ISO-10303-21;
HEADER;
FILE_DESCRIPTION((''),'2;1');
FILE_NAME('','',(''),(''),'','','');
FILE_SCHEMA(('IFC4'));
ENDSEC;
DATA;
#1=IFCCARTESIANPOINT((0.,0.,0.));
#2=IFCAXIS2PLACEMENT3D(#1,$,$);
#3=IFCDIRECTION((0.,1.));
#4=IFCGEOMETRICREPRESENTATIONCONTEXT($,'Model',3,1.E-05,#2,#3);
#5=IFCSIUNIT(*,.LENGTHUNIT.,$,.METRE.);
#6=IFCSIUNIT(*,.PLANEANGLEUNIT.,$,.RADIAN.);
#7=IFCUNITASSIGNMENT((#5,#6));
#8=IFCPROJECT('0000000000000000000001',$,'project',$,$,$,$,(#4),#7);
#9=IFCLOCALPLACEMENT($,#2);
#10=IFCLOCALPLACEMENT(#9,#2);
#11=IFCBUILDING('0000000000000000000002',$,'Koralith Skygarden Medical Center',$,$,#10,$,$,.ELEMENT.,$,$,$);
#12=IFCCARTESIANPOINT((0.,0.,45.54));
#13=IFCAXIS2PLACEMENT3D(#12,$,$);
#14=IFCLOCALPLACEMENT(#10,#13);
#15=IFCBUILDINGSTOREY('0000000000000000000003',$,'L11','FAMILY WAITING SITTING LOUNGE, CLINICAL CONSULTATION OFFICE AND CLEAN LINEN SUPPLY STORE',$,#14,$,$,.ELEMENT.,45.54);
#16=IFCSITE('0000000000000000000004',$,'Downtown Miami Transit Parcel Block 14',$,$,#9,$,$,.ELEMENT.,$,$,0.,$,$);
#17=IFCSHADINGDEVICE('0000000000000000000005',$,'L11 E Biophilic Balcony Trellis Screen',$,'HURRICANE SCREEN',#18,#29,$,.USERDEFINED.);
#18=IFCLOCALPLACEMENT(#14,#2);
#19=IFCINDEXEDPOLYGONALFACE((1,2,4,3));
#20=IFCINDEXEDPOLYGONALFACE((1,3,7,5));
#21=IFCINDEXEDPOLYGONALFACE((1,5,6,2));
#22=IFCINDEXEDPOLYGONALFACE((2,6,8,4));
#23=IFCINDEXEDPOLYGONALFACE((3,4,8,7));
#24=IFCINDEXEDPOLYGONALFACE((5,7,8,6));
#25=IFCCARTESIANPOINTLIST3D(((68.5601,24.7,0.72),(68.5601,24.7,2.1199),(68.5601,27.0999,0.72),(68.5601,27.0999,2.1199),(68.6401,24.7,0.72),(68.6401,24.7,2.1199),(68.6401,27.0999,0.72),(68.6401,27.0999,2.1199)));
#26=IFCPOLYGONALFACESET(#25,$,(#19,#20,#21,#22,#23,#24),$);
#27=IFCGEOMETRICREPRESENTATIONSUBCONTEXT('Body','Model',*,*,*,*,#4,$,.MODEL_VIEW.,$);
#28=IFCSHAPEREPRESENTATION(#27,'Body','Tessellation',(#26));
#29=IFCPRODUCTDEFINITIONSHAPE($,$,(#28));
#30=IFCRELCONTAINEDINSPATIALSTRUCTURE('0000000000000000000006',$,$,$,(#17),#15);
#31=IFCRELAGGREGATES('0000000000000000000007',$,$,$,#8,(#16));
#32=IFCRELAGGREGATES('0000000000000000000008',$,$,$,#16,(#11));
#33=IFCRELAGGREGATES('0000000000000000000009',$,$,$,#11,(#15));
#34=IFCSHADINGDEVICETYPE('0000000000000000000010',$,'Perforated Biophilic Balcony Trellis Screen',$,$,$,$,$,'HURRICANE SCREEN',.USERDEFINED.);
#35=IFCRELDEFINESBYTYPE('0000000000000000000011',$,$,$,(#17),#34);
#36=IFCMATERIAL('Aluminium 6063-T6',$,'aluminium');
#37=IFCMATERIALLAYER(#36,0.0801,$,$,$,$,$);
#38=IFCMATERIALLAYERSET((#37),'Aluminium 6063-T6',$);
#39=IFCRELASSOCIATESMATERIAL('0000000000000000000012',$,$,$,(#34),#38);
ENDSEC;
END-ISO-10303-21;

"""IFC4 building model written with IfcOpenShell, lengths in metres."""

from ifc_helpers import new_model, si_unit, direction, frame, origin, origin_2d, place, context, subcontext, project, spatial, rectangle, extrude, material, layer, layer_set, type_object, element, save


model = new_model("IFC4")

# Units and contexts
model_context = context("Model", 3, precision=1e-05, world=origin(), true_north=direction((0.0, 1.0)))
body_context = subcontext(model_context, "Body", "Model", "MODEL_VIEW")
ifc_project = project(units=[si_unit("LENGTHUNIT", "METRE"), si_unit("PLANEANGLEUNIT", "RADIAN")], contexts=[model_context])

# Site, building, storey
site_placement = place(None, origin())
site = spatial("IfcSite", under=ifc_project, at=site_placement, Name="Downtown Miami Transit Parcel Block 14", CompositionType="ELEMENT", RefElevation=0.0)
building_placement = place(site_placement, origin())
building = spatial("IfcBuilding", under=site, at=building_placement, Name="Koralith Skygarden Medical Center", CompositionType="ELEMENT")
storey_placement = place(building_placement, frame((0.0, 0.0, 45.54)))
storey = spatial("IfcBuildingStorey", under=building, at=storey_placement, Name="L11", Description="FAMILY WAITING SITTING LOUNGE, CLINICAL CONSULTATION OFFICE AND CLEAN LINEN SUPPLY STORE", CompositionType="ELEMENT", Elevation=45.54)

# Shared definitions
ifc_material_1 = material(Name="Aluminium 6063-T6", Category="aluminium")

# Shading device
ifc_layer_1 = layer(ifc_material_1, 0.0801)
ifc_layer_set_1 = layer_set([ifc_layer_1], Name="Aluminium 6063-T6")
shading_device_type = type_object("IfcShadingDeviceType", Name="Perforated Biophilic Balcony Trellis Screen", ElementType="HURRICANE SCREEN", PredefinedType="USERDEFINED", material=ifc_layer_set_1)
shading_device_placement = place(storey_placement, frame((68.6001, 25.8999, 0.72), z_axis=(0.0, 0.0, 1.0), x_axis=(0.0, 1.0, 0.0)))
element("IfcShadingDevice", 1, at=shading_device_placement, inside=storey, type_object=shading_device_type, Name="L11 E Biophilic Balcony Trellis Screen", ObjectType="HURRICANE SCREEN", PredefinedType="USERDEFINED", context=body_context, shape_type="SweptSolid", body=[
    extrude(rectangle(XDim=2.3999, YDim=0.0801, at=origin_2d()), origin(), (0.0, 0.0, 1.0), 1.3999),
])

save(model, "model.ifc")
